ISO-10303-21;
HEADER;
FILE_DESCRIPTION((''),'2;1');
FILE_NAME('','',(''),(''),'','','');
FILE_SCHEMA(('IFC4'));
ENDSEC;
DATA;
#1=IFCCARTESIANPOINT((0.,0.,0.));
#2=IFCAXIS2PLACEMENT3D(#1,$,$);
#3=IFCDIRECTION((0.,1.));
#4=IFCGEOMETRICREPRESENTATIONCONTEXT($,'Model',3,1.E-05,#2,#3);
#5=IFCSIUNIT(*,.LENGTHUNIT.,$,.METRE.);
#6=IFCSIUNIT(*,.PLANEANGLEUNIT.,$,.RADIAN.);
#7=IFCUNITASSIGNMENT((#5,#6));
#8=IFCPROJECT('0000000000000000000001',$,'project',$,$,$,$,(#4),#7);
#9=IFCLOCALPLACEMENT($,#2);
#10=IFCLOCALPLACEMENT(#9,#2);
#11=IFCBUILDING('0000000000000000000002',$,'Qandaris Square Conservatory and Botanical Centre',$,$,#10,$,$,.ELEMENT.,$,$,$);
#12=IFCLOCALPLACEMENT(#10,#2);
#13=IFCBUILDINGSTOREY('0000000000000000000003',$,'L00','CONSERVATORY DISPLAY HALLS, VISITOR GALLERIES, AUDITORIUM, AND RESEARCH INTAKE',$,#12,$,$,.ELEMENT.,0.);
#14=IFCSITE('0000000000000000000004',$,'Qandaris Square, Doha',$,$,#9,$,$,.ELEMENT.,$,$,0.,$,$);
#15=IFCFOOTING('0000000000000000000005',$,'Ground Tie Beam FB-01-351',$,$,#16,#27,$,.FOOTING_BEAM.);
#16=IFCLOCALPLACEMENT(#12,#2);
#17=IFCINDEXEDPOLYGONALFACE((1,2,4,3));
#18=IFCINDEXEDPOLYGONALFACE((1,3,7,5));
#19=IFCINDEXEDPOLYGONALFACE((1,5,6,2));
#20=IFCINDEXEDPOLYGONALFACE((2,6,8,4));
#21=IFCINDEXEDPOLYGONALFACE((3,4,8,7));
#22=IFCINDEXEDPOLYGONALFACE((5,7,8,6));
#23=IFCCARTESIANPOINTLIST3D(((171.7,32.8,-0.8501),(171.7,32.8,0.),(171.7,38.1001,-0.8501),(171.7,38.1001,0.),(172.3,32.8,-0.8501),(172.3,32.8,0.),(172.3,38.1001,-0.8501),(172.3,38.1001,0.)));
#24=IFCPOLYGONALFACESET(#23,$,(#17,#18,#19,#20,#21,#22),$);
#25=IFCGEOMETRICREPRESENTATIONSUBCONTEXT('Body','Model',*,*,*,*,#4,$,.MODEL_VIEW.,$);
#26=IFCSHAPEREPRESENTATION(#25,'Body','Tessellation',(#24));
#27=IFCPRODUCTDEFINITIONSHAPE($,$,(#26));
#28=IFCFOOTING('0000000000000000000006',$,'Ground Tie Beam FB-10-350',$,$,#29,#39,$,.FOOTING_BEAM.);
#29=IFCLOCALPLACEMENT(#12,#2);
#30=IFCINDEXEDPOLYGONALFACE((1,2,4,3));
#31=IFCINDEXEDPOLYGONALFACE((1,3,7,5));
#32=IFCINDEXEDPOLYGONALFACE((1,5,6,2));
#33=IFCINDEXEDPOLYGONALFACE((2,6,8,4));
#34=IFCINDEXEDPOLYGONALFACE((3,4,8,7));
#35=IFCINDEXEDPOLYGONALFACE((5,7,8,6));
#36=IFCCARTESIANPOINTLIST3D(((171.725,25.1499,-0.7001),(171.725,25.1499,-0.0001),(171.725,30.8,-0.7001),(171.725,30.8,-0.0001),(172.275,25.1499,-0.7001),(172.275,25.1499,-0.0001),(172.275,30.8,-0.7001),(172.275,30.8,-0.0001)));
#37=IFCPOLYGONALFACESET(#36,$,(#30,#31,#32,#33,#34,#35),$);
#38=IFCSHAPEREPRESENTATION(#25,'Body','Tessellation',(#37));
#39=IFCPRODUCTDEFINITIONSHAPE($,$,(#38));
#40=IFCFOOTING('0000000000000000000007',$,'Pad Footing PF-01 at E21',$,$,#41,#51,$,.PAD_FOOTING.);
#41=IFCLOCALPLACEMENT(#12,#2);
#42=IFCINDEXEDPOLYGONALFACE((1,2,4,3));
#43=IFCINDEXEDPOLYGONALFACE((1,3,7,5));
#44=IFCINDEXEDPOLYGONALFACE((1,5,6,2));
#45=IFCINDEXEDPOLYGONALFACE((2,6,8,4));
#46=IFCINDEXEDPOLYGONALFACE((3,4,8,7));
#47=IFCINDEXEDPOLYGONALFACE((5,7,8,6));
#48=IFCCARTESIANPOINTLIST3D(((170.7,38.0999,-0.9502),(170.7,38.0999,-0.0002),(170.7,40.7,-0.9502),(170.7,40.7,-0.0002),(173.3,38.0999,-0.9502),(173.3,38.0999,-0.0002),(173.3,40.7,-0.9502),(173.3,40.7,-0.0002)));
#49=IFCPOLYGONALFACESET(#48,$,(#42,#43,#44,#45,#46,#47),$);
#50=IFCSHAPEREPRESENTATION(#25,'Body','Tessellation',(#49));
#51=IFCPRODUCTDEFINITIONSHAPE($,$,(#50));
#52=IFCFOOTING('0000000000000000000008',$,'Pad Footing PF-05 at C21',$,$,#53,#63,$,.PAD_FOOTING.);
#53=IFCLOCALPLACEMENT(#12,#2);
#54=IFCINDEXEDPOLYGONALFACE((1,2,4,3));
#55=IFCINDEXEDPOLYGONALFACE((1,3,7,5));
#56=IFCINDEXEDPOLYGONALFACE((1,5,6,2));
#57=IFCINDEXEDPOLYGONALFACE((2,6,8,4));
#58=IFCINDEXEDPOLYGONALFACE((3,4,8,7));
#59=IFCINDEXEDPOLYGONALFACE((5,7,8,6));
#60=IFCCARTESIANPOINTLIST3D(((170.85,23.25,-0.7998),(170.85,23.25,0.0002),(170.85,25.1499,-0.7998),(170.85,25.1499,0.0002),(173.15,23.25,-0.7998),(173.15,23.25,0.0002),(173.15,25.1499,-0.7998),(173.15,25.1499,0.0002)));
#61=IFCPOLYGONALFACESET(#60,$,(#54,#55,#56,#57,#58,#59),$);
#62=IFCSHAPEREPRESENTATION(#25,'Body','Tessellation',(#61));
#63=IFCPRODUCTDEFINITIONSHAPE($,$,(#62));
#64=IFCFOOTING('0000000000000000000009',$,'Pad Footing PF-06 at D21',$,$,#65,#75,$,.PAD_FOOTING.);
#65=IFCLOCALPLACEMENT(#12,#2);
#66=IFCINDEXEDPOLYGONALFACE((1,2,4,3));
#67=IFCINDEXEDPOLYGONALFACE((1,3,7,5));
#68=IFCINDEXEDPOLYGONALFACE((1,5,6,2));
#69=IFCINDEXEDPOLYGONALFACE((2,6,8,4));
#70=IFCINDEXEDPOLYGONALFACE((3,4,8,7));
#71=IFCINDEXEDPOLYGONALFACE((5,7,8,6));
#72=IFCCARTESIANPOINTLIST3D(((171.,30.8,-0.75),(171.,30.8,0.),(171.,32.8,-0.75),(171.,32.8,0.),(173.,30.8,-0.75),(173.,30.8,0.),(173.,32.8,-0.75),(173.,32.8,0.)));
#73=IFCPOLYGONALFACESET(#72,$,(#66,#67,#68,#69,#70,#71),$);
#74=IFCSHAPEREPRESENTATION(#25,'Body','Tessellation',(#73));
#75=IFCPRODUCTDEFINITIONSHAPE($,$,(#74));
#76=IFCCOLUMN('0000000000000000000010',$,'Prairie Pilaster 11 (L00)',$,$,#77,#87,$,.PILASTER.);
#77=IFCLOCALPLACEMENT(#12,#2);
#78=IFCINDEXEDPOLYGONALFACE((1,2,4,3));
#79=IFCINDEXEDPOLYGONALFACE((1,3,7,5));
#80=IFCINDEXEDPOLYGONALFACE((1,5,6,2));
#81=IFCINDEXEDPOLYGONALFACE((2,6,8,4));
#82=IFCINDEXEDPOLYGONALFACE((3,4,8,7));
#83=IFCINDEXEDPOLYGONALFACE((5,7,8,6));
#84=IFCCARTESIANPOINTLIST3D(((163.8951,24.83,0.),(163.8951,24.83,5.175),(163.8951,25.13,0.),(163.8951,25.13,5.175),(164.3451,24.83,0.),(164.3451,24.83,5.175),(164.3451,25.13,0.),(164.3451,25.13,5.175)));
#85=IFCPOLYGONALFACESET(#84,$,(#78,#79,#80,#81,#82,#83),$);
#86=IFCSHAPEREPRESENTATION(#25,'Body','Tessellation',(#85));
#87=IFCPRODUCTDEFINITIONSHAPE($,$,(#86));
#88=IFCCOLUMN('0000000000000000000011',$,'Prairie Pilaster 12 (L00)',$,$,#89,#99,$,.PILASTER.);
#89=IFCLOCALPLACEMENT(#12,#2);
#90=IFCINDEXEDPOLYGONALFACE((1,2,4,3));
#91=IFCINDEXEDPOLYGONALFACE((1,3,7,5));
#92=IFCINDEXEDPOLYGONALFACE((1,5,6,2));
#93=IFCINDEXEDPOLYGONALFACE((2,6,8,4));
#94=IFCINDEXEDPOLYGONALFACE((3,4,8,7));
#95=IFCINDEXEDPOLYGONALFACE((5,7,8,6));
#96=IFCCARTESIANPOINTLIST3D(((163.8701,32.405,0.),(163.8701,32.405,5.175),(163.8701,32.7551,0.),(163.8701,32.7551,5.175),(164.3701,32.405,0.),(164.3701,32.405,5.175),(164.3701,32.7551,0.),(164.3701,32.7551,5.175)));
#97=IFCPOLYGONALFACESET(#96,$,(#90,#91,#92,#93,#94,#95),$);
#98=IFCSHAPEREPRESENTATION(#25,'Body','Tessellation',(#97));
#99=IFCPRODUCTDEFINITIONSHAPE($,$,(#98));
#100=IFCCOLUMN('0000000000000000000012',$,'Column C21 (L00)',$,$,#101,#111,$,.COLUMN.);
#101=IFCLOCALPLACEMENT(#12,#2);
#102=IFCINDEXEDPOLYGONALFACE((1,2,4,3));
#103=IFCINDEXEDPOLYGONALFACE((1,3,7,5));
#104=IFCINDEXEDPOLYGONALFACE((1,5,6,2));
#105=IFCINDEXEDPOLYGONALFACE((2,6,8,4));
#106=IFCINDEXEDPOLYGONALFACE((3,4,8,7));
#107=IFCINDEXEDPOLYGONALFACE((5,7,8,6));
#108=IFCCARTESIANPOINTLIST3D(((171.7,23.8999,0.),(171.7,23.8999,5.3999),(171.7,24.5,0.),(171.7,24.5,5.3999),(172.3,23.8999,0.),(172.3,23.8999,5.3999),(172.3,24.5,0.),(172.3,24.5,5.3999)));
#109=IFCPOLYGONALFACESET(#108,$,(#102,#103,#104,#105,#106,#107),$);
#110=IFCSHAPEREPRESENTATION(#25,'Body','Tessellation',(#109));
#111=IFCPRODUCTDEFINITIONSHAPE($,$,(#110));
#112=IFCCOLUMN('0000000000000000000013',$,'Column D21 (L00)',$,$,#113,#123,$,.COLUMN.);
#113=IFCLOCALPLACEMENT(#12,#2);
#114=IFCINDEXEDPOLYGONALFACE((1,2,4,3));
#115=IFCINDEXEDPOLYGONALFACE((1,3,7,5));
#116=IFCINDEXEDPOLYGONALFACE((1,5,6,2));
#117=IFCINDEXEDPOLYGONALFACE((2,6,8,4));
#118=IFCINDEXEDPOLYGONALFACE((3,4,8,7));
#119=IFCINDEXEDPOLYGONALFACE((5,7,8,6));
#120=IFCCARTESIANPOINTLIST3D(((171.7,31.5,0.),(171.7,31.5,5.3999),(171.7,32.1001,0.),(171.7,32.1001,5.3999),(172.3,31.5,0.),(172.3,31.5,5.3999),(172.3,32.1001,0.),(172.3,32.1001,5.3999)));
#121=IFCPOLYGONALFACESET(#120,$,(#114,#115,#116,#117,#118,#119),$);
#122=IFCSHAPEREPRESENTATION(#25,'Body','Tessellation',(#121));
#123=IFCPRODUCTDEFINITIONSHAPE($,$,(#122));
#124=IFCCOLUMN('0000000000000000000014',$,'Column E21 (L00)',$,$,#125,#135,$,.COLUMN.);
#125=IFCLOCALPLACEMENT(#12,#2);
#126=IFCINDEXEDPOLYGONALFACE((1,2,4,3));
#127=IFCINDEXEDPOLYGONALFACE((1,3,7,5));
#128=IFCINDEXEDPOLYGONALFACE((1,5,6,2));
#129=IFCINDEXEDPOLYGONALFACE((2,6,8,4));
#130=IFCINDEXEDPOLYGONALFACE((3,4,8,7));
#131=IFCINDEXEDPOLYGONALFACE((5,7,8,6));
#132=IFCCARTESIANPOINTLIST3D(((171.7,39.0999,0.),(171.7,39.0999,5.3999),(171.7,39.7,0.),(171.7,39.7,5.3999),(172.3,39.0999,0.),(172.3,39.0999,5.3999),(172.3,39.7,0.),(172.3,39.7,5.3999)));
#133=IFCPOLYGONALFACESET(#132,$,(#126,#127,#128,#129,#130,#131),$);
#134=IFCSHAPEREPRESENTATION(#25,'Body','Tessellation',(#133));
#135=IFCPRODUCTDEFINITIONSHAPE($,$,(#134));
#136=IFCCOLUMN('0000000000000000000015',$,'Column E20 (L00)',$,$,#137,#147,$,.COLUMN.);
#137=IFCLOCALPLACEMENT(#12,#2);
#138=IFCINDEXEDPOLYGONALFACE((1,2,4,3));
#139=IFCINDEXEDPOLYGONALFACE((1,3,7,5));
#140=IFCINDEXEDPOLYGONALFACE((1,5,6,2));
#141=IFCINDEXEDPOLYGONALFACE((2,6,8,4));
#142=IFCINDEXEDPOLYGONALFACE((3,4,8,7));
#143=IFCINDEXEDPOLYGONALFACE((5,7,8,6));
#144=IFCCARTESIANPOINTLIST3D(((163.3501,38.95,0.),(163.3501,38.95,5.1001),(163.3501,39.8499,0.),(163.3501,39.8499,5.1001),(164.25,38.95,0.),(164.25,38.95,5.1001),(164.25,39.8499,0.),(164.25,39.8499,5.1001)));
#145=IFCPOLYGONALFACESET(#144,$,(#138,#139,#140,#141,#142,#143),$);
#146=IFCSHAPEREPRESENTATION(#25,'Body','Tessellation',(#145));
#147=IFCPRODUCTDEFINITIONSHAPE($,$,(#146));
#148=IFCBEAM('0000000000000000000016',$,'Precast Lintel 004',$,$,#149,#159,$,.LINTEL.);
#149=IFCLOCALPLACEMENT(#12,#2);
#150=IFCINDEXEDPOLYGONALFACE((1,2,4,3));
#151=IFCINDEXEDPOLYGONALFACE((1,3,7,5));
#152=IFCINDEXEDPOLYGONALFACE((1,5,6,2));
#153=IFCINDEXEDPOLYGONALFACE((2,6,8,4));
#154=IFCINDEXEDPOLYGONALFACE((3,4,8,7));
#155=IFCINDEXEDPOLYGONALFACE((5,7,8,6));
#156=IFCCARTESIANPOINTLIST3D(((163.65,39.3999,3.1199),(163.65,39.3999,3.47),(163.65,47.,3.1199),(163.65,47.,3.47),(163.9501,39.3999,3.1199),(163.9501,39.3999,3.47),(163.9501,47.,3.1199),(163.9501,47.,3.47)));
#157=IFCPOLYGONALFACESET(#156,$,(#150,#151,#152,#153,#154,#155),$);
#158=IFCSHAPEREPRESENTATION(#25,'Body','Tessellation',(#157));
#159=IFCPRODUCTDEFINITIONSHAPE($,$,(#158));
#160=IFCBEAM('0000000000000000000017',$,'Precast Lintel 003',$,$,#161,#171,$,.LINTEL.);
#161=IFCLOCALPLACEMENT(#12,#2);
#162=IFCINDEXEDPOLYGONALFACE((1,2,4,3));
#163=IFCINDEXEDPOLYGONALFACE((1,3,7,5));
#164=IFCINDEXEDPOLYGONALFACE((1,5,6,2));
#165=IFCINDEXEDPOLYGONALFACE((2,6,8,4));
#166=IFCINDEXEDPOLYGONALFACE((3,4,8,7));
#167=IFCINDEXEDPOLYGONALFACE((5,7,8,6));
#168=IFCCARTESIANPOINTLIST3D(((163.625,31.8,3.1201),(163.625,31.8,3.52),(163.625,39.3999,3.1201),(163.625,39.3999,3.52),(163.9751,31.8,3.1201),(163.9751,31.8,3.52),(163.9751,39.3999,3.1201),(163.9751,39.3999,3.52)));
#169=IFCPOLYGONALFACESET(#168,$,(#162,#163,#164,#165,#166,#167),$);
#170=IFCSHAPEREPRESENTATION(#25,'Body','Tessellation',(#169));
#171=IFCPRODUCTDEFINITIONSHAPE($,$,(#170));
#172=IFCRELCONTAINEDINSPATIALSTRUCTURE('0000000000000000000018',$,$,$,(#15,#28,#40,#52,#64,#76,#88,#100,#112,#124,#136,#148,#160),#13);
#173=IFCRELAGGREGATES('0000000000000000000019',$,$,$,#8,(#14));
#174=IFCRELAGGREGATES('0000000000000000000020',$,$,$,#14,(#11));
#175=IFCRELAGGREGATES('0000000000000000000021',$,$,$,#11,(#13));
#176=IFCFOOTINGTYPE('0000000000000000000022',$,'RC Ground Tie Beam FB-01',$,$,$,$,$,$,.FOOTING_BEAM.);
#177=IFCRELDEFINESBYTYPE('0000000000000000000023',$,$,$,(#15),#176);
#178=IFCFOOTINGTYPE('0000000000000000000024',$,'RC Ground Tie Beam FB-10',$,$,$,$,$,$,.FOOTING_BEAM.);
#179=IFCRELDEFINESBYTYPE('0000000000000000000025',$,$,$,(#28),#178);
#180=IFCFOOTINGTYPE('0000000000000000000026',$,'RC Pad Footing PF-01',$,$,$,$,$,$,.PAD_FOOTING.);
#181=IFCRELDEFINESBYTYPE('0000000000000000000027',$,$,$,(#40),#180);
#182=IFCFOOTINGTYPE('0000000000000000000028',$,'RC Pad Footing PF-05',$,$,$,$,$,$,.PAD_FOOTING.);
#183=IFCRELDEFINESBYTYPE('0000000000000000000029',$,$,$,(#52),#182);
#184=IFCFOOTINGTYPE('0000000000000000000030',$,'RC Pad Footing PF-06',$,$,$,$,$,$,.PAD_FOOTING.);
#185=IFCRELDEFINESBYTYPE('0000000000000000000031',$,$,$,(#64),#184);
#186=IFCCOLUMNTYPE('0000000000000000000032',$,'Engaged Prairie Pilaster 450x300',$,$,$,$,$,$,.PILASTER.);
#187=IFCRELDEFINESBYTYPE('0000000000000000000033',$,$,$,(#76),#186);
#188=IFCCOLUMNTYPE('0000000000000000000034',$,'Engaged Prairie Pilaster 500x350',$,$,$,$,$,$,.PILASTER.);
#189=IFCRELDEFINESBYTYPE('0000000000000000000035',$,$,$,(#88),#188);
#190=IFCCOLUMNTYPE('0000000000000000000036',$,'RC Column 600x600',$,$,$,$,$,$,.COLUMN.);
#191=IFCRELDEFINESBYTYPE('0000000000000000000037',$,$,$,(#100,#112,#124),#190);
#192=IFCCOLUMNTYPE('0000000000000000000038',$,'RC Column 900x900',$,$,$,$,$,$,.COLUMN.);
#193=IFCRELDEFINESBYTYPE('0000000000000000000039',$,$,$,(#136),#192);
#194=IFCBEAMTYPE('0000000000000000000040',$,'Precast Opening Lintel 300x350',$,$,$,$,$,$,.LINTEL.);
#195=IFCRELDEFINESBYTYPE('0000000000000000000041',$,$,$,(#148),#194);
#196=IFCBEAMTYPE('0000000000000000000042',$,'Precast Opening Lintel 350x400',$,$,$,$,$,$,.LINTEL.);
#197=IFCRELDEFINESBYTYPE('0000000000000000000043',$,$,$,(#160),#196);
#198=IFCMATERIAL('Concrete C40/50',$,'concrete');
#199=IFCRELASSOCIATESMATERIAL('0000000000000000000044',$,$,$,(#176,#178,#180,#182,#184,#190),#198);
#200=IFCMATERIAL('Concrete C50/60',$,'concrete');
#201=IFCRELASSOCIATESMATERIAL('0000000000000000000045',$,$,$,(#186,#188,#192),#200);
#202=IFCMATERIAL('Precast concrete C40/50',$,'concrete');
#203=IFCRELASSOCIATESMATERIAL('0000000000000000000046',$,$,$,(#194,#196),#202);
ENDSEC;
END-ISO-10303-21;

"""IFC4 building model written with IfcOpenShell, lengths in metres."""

from ifc_helpers import new_model, si_unit, direction, frame, origin, origin_2d, place, context, subcontext, project, spatial, rectangle, extrude, material, material_profile, profile_set, type_object, element, save


model = new_model("IFC4")

# Units and contexts
model_context = context("Model", 3, precision=1e-05, world=origin(), true_north=direction((0.0, 1.0)))
body_context = subcontext(model_context, "Body", "Model", "MODEL_VIEW")
ifc_project = project(units=[si_unit("LENGTHUNIT", "METRE"), si_unit("PLANEANGLEUNIT", "RADIAN")], contexts=[model_context])

# Site, building, storey
site_placement = place(None, origin())
site = spatial("IfcSite", under=ifc_project, at=site_placement, Name="Qandaris Square, Doha", CompositionType="ELEMENT", RefElevation=0.0)
building_placement = place(site_placement, origin())
building = spatial("IfcBuilding", under=site, at=building_placement, Name="Qandaris Square Conservatory and Botanical Centre", CompositionType="ELEMENT")
storey_placement = place(building_placement, origin())
storey = spatial("IfcBuildingStorey", under=building, at=storey_placement, Name="L00", Description="CONSERVATORY DISPLAY HALLS, VISITOR GALLERIES, AUDITORIUM, AND RESEARCH INTAKE", CompositionType="ELEMENT", Elevation=0.0)

# Footings
ifc_material_1 = material(Name="Concrete C40/50", Category="concrete")
ifc_material_profile_1 = material_profile(ifc_material_1, rectangle(XDim=0.6001, YDim=0.8501, at=origin_2d()), Name="FB 600x850")
ifc_profile_set_1 = profile_set([ifc_material_profile_1], Name="Concrete C40/50")
footing_type_1 = type_object("IfcFootingType", Name="RC Ground Tie Beam FB-01", PredefinedType="FOOTING_BEAM", material=ifc_profile_set_1)
footing_1_placement = place(storey_placement, frame((172.0, 32.8, -0.425), z_axis=(0.0, 1.0, 0.0), x_axis=(-1.0, 0.0, 0.0)))
element("IfcFooting", 1, at=footing_1_placement, inside=storey, type_object=footing_type_1, Name="Ground Tie Beam FB-01-351", PredefinedType="FOOTING_BEAM", context=body_context, shape_type="SweptSolid", body=[
    extrude(rectangle(XDim=0.6001, YDim=0.8501, at=origin_2d()), origin(), (0.0, 0.0, 1.0), 5.3),
])
ifc_material_profile_2 = material_profile(ifc_material_1, rectangle(XDim=0.55, YDim=0.7, at=origin_2d()), Name="FB 550x700")
ifc_profile_set_2 = profile_set([ifc_material_profile_2], Name="Concrete C40/50")
footing_type_2 = type_object("IfcFootingType", Name="RC Ground Tie Beam FB-10", PredefinedType="FOOTING_BEAM", material=ifc_profile_set_2)
footing_2_placement = place(storey_placement, frame((172.0, 25.1499, -0.3501), z_axis=(0.0, 1.0, 0.0), x_axis=(-1.0, 0.0, 0.0)))
element("IfcFooting", 2, at=footing_2_placement, inside=storey, type_object=footing_type_2, Name="Ground Tie Beam FB-10-350", PredefinedType="FOOTING_BEAM", context=body_context, shape_type="SweptSolid", body=[
    extrude(rectangle(XDim=0.55, YDim=0.7, at=origin_2d()), origin(), (0.0, 0.0, 1.0), 5.6501),
])
footing_type_3 = type_object("IfcFootingType", Name="RC Pad Footing PF-01", PredefinedType="PAD_FOOTING", material=ifc_material_1)
footing_3_placement = place(storey_placement, frame((172.0, 39.3999, -0.9502), z_axis=(0.0, 0.0, 1.0), x_axis=(1.0, 0.0, 0.0)))
element("IfcFooting", 3, at=footing_3_placement, inside=storey, type_object=footing_type_3, Name="Pad Footing PF-01 at E21", PredefinedType="PAD_FOOTING", context=body_context, shape_type="SweptSolid", body=[
    extrude(rectangle(XDim=2.6001, YDim=2.6001, at=origin_2d()), origin(), (0.0, 0.0, 1.0), 0.95),
])
footing_type_4 = type_object("IfcFootingType", Name="RC Pad Footing PF-05", PredefinedType="PAD_FOOTING", material=ifc_material_1)
footing_4_placement = place(storey_placement, frame((172.0, 24.2, -0.7998), z_axis=(0.0, 0.0, 1.0), x_axis=(1.0, 0.0, 0.0)))
element("IfcFooting", 4, at=footing_4_placement, inside=storey, type_object=footing_type_4, Name="Pad Footing PF-05 at C21", PredefinedType="PAD_FOOTING", context=body_context, shape_type="SweptSolid", body=[
    extrude(rectangle(XDim=2.3, YDim=1.8999, at=origin_2d()), origin(), (0.0, 0.0, 1.0), 0.8),
])
footing_type_5 = type_object("IfcFootingType", Name="RC Pad Footing PF-06", PredefinedType="PAD_FOOTING", material=ifc_material_1)
footing_5_placement = place(storey_placement, frame((172.0, 31.8, -0.75), z_axis=(0.0, 0.0, 1.0), x_axis=(1.0, 0.0, 0.0)))
element("IfcFooting", 5, at=footing_5_placement, inside=storey, type_object=footing_type_5, Name="Pad Footing PF-06 at D21", PredefinedType="PAD_FOOTING", context=body_context, shape_type="SweptSolid", body=[
    extrude(rectangle(XDim=2.0, YDim=2.0, at=origin_2d()), origin(), (0.0, 0.0, 1.0), 0.75),
])

# Columns
ifc_material_2 = material(Name="Concrete C50/60", Category="concrete")
ifc_material_profile_3 = material_profile(ifc_material_2, rectangle(XDim=0.45, YDim=0.3, at=origin_2d()), Name="RC-PIL 450x300")
ifc_profile_set_3 = profile_set([ifc_material_profile_3], Name="Concrete C50/60")
column_type_1 = type_object("IfcColumnType", Name="Engaged Prairie Pilaster 450x300", PredefinedType="PILASTER", material=ifc_profile_set_3)
column_1_placement = place(storey_placement, frame((164.1201, 24.98, 0.0), z_axis=(0.0, 0.0, 1.0), x_axis=(1.0, 0.0, 0.0)))
element("IfcColumn", 6, at=column_1_placement, inside=storey, type_object=column_type_1, Name="Prairie Pilaster 11 (L00)", PredefinedType="PILASTER", context=body_context, shape_type="SweptSolid", body=[
    extrude(rectangle(XDim=0.45, YDim=0.3, at=origin_2d()), origin(), (0.0, 0.0, 1.0), 5.175),
])
ifc_material_profile_4 = material_profile(ifc_material_2, rectangle(XDim=0.5, YDim=0.3501, at=origin_2d()), Name="RC-PIL 500x350")
ifc_profile_set_4 = profile_set([ifc_material_profile_4], Name="Concrete C50/60")
column_type_2 = type_object("IfcColumnType", Name="Engaged Prairie Pilaster 500x350", PredefinedType="PILASTER", material=ifc_profile_set_4)
column_2_placement = place(storey_placement, frame((164.1201, 32.5801, 0.0), z_axis=(0.0, 0.0, 1.0), x_axis=(1.0, 0.0, 0.0)))
element("IfcColumn", 7, at=column_2_placement, inside=storey, type_object=column_type_2, Name="Prairie Pilaster 12 (L00)", PredefinedType="PILASTER", context=body_context, shape_type="SweptSolid", body=[
    extrude(rectangle(XDim=0.5, YDim=0.3501, at=origin_2d()), origin(), (0.0, 0.0, 1.0), 5.175),
])
ifc_material_profile_5 = material_profile(ifc_material_1, rectangle(XDim=0.6001, YDim=0.6001, at=origin_2d()), Name="RC-COL 600x600")
ifc_profile_set_5 = profile_set([ifc_material_profile_5], Name="Concrete C40/50")
column_type_3 = type_object("IfcColumnType", Name="RC Column 600x600", PredefinedType="COLUMN", material=ifc_profile_set_5)
for number, where, z_axis, x_axis, name in (
    (8, (172.0, 24.2, 0.0), (0.0, 0.0, 1.0), (1.0, 0.0, 0.0), "Column C21 (L00)"),
    (9, (172.0, 31.8, 0.0), (0.0, 0.0, 1.0), (1.0, 0.0, 0.0), "Column D21 (L00)"),
    (10, (172.0, 39.3999, 0.0), (0.0, 0.0, 1.0), (1.0, 0.0, 0.0), "Column E21 (L00)"),
):
    element("IfcColumn", number, at=place(storey_placement, frame(where, z_axis=z_axis, x_axis=x_axis)), inside=storey, type_object=column_type_3, Name=name, PredefinedType="COLUMN", context=body_context, shape_type="SweptSolid", body=[
        extrude(rectangle(XDim=0.6001, YDim=0.6001, at=origin_2d()), origin(), (0.0, 0.0, 1.0), 5.3999),
    ])
ifc_material_profile_6 = material_profile(ifc_material_2, rectangle(XDim=0.8999, YDim=0.8999, at=origin_2d()), Name="RC-COL 900x900")
ifc_profile_set_6 = profile_set([ifc_material_profile_6], Name="Concrete C50/60")
column_type_4 = type_object("IfcColumnType", Name="RC Column 900x900", PredefinedType="COLUMN", material=ifc_profile_set_6)
column_3_placement = place(storey_placement, frame((163.8, 39.3999, 0.0), z_axis=(0.0, 0.0, 1.0), x_axis=(1.0, 0.0, 0.0)))
element("IfcColumn", 11, at=column_3_placement, inside=storey, type_object=column_type_4, Name="Column E20 (L00)", PredefinedType="COLUMN", context=body_context, shape_type="SweptSolid", body=[
    extrude(rectangle(XDim=0.8999, YDim=0.8999, at=origin_2d()), origin(), (0.0, 0.0, 1.0), 5.1001),
])

# Beams
ifc_material_3 = material(Name="Precast concrete C40/50", Category="concrete")
ifc_material_profile_7 = material_profile(ifc_material_3, rectangle(XDim=0.3, YDim=0.3501, at=origin_2d()), Name="RC-LN 300x350")
ifc_profile_set_7 = profile_set([ifc_material_profile_7], Name="Precast concrete C40/50")
beam_type_1 = type_object("IfcBeamType", Name="Precast Opening Lintel 300x350", PredefinedType="LINTEL", material=ifc_profile_set_7)
beam_1_placement = place(storey_placement, frame((163.8, 39.3999, 3.2949), z_axis=(0.0, 1.0, 0.0), x_axis=(-1.0, 0.0, 0.0)))
element("IfcBeam", 12, at=beam_1_placement, inside=storey, type_object=beam_type_1, Name="Precast Lintel 004", PredefinedType="LINTEL", context=body_context, shape_type="SweptSolid", body=[
    extrude(rectangle(XDim=0.3, YDim=0.3501, at=origin_2d()), origin(), (0.0, 0.0, 1.0), 7.6001),
])
ifc_material_profile_8 = material_profile(ifc_material_3, rectangle(XDim=0.3501, YDim=0.3999, at=origin_2d()), Name="RC-LN 350x400")
ifc_profile_set_8 = profile_set([ifc_material_profile_8], Name="Precast concrete C40/50")
beam_type_2 = type_object("IfcBeamType", Name="Precast Opening Lintel 350x400", PredefinedType="LINTEL", material=ifc_profile_set_8)
beam_2_placement = place(storey_placement, frame((163.8, 31.8, 3.3201), z_axis=(0.0, 1.0, 0.0), x_axis=(-1.0, 0.0, 0.0)))
element("IfcBeam", 13, at=beam_2_placement, inside=storey, type_object=beam_type_2, Name="Precast Lintel 003", PredefinedType="LINTEL", context=body_context, shape_type="SweptSolid", body=[
    extrude(rectangle(XDim=0.3501, YDim=0.3999, at=origin_2d()), origin(), (0.0, 0.0, 1.0), 7.5999),
])

save(model, "model.ifc")
